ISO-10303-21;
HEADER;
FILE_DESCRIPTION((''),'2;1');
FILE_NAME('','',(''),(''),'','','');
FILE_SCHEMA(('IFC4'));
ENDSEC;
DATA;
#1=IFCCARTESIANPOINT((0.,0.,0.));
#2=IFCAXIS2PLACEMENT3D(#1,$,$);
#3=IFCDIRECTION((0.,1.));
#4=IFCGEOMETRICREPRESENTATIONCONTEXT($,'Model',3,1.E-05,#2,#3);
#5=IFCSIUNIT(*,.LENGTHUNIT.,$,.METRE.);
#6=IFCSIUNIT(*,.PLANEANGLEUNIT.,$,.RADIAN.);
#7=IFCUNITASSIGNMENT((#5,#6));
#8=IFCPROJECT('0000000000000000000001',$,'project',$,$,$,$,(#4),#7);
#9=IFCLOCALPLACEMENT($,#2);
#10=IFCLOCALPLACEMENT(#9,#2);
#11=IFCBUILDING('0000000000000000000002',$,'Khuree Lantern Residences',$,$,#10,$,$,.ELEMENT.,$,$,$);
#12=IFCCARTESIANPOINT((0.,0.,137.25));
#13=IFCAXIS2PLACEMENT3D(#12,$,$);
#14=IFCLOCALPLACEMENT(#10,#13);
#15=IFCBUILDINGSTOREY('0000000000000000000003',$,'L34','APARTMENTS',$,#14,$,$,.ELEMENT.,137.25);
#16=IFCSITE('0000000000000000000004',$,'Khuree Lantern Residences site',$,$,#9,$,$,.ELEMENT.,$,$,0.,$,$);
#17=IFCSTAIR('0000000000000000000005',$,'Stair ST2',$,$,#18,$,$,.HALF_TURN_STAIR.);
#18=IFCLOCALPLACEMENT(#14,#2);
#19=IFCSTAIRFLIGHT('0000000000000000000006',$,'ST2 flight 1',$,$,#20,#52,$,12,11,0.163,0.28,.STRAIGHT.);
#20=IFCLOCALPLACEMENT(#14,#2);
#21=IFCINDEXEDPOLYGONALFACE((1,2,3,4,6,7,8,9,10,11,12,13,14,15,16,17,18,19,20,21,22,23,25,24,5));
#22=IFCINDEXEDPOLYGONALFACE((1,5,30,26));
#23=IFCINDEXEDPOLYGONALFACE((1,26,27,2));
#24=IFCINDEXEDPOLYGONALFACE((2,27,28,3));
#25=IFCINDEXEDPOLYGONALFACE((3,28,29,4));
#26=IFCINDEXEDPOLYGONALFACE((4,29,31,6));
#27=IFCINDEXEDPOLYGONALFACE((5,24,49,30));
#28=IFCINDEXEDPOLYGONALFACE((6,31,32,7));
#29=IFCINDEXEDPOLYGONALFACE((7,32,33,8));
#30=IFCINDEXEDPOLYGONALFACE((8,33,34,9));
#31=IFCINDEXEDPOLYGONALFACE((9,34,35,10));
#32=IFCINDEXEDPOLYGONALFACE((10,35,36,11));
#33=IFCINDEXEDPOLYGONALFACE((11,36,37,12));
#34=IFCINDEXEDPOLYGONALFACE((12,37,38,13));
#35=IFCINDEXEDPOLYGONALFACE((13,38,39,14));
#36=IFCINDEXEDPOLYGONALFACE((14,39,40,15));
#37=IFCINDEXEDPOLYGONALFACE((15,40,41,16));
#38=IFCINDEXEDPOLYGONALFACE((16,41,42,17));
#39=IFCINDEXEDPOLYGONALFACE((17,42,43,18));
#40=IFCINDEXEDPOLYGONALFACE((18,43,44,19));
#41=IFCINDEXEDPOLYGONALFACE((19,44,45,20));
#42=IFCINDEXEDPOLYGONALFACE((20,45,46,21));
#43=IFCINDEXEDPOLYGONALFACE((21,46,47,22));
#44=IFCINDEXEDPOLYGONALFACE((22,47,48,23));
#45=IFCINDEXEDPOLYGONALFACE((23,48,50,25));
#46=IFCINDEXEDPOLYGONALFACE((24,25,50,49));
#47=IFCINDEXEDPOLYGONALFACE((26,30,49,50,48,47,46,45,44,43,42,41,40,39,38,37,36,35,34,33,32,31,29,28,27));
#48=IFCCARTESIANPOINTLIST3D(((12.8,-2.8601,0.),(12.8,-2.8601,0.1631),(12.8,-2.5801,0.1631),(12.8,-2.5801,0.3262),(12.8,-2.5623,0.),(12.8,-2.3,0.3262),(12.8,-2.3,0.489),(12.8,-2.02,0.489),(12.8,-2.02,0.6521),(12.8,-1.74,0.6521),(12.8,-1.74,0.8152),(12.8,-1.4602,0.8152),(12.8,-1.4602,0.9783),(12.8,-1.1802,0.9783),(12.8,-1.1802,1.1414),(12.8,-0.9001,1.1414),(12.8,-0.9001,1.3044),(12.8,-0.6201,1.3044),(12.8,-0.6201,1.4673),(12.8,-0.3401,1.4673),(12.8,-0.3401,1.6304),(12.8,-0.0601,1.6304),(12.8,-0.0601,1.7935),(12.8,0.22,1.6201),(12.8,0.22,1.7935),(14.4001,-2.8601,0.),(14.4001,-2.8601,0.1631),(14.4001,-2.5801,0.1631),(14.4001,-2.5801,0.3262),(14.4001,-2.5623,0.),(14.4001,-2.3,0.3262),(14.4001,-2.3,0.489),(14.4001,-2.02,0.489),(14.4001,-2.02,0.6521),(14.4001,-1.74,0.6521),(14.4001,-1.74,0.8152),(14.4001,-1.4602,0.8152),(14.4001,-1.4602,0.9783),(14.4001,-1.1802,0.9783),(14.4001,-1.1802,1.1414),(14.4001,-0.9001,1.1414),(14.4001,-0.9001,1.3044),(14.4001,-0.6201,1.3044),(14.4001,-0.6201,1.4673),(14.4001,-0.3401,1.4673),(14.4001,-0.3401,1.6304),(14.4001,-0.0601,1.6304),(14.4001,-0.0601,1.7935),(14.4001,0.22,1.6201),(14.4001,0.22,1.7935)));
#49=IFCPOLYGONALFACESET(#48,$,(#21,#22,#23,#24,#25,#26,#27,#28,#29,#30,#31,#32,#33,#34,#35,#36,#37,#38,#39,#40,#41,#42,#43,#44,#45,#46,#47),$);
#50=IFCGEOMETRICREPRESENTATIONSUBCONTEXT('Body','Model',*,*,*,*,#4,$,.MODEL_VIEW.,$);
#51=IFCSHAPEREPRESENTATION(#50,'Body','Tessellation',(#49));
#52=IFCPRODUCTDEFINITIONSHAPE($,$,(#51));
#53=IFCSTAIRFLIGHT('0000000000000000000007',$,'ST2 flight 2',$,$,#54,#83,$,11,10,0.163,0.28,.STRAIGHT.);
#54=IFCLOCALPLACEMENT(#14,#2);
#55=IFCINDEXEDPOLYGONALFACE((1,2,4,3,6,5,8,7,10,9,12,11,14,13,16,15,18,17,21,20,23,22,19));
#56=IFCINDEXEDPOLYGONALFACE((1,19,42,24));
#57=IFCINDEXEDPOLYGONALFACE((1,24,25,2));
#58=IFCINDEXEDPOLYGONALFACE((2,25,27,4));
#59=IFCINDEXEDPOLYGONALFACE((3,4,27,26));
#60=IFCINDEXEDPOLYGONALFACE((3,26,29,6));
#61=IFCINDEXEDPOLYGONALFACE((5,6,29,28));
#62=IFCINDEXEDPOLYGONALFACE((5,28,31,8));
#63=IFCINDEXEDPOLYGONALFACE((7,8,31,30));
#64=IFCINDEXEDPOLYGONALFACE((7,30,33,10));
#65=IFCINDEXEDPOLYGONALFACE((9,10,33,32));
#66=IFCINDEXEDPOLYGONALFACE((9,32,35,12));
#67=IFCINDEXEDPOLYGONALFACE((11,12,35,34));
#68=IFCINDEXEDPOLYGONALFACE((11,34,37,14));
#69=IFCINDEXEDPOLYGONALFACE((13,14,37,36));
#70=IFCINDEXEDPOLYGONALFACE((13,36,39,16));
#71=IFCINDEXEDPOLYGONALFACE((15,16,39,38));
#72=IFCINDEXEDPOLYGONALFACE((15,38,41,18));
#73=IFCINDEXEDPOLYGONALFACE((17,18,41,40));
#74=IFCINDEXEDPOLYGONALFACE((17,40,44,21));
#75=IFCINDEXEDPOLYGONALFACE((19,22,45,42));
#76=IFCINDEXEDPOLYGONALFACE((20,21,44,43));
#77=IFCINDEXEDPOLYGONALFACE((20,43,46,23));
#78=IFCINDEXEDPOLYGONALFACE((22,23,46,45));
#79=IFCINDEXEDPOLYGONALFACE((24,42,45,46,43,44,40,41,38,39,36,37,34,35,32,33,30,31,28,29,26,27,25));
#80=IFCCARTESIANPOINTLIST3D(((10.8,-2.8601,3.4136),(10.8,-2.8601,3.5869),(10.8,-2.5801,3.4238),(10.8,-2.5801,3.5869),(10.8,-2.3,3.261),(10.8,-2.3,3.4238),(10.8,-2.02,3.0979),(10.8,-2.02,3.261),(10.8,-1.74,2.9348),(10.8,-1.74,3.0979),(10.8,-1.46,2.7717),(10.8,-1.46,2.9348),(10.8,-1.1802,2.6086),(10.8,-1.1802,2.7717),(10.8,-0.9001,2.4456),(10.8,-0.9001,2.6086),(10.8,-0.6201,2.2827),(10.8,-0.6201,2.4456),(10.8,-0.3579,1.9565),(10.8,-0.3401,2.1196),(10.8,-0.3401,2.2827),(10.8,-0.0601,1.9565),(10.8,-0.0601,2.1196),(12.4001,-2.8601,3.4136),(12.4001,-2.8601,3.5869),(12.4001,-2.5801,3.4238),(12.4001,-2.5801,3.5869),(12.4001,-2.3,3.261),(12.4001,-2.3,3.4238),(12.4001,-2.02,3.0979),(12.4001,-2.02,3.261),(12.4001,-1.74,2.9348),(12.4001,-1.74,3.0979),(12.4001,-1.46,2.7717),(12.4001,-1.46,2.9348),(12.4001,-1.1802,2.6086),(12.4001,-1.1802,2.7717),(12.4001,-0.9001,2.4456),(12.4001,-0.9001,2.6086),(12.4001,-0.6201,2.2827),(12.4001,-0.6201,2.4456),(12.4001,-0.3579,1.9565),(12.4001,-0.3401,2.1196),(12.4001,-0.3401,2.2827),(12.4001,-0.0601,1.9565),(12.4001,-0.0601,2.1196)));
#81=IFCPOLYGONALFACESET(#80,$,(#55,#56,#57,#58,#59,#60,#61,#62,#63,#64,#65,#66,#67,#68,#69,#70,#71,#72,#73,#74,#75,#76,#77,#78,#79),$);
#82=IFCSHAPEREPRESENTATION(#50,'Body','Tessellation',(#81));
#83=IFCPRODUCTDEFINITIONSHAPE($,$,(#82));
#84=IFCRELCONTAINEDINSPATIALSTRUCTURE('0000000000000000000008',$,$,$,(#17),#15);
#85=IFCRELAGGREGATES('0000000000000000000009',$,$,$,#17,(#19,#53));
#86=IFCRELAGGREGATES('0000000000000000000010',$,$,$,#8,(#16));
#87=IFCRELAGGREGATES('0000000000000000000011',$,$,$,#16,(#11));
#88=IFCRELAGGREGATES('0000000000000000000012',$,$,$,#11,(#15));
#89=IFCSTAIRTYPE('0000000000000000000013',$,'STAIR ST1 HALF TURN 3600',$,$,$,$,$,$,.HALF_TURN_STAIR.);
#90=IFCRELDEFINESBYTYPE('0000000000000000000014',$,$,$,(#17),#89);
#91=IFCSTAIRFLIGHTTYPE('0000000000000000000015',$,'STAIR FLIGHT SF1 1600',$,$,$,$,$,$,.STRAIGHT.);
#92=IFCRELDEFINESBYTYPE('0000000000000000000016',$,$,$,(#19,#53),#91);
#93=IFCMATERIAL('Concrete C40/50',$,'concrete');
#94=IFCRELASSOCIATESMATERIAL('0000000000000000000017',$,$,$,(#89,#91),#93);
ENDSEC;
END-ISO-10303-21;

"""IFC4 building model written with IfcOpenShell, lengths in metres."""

from ifc_helpers import new_model, si_unit, direction, frame, origin, place, context, subcontext, project, spatial, polyline, outline, extrude, material, type_object, element, aggregate, save


model = new_model("IFC4")

# Units and contexts
model_context = context("Model", 3, precision=1e-05, world=origin(), true_north=direction((0.0, 1.0)))
body_context = subcontext(model_context, "Body", "Model", "MODEL_VIEW")
ifc_project = project(units=[si_unit("LENGTHUNIT", "METRE"), si_unit("PLANEANGLEUNIT", "RADIAN")], contexts=[model_context])

# Site, building, storey
site_placement = place(None, origin())
site = spatial("IfcSite", under=ifc_project, at=site_placement, Name="Khuree Lantern Residences site", CompositionType="ELEMENT", RefElevation=0.0)
building_placement = place(site_placement, origin())
building = spatial("IfcBuilding", under=site, at=building_placement, Name="Khuree Lantern Residences", CompositionType="ELEMENT")
storey_placement = place(building_placement, frame((0.0, 0.0, 137.25)))
storey = spatial("IfcBuildingStorey", under=building, at=storey_placement, Name="L34", Description="APARTMENTS", CompositionType="ELEMENT", Elevation=137.25)

# Stair
ifc_material_1 = material(Name="Concrete C40/50", Category="concrete")
stair_type = type_object("IfcStairType", Name="STAIR ST1 HALF TURN 3600", PredefinedType="HALF_TURN_STAIR", material=ifc_material_1)
stair_1_placement = place(storey_placement, origin())
stair_1 = element("IfcStair", 1, at=stair_1_placement, inside=storey, type_object=stair_type, Name="Stair ST2", PredefinedType="HALF_TURN_STAIR")

# Stair flights
stair_flight_type = type_object("IfcStairFlightType", Name="STAIR FLIGHT SF1 1600", PredefinedType="STRAIGHT", material=ifc_material_1)
stair_flight_1_placement = place(storey_placement, frame((13.6001, -2.8601, 0.0), z_axis=(0.0, 0.0, 1.0), x_axis=(0.0, 1.0, 0.0)))
stair_flight_1 = element("IfcStairFlight", 2, at=stair_flight_1_placement, type_object=stair_flight_type, Name="ST2 flight 1", NumberOfRisers=12, NumberOfTreads=11, PredefinedType="STRAIGHT", RiserHeight=0.163, TreadLength=0.28, context=body_context, shape_type="SweptSolid", body=[
    extrude(outline(polyline([(0.0, 0.0), (0.0, 0.1631), (0.28, 0.1631), (0.28, 0.3262), (0.5601, 0.3262), (0.5601, 0.489), (0.8401, 0.489), (0.8401, 0.6521), (1.1201, 0.6521), (1.1201, 0.8152), (1.3999, 0.8152), (1.3999, 0.9783), (1.6799, 0.9783), (1.6799, 1.1414), (1.96, 1.1414), (1.96, 1.3044), (2.24, 1.3044), (2.24, 1.4673), (2.52, 1.4673), (2.52, 1.6304), (2.8, 1.6304), (2.8, 1.7935), (3.0801, 1.7935), (3.0801, 1.9565), (3.0801, 1.6201), (0.2979, 0.0), (0.0, 0.0)])), frame((0.0, 0.8, 0.0), z_axis=(0.0, -1.0, 0.0), x_axis=(1.0, 0.0, 0.0)), (0.0, 0.0, 1.0), 1.6001),
])
stair_flight_2_placement = place(storey_placement, frame((11.6001, -0.0601, 1.9565), z_axis=(0.0, 0.0, 1.0), x_axis=(0.0, -1.0, 0.0)))
stair_flight_2 = element("IfcStairFlight", 3, at=stair_flight_2_placement, type_object=stair_flight_type, Name="ST2 flight 2", NumberOfRisers=11, NumberOfTreads=10, PredefinedType="STRAIGHT", RiserHeight=0.163, TreadLength=0.28, context=body_context, shape_type="SweptSolid", body=[
    extrude(outline(polyline([(0.0, 0.0), (0.0, 0.1631), (0.28, 0.1631), (0.28, 0.3262), (0.5601, 0.3262), (0.5601, 0.489), (0.8401, 0.489), (0.8401, 0.6521), (1.1201, 0.6521), (1.1201, 0.8152), (1.3999, 0.8152), (1.3999, 0.9783), (1.6799, 0.9783), (1.6799, 1.1414), (1.96, 1.1414), (1.96, 1.3044), (2.24, 1.3044), (2.24, 1.4673), (2.52, 1.4673), (2.52, 1.6304), (2.8, 1.6304), (2.8, 1.7935), (2.8, 1.457), (0.2979, 0.0), (0.0, 0.0)])), frame((0.0, 0.8, 0.0), z_axis=(0.0, -1.0, 0.0), x_axis=(1.0, 0.0, 0.0)), (0.0, 0.0, 1.0), 1.6001),
])
aggregate(stair_1, [stair_flight_1, stair_flight_2])

save(model, "model.ifc")
